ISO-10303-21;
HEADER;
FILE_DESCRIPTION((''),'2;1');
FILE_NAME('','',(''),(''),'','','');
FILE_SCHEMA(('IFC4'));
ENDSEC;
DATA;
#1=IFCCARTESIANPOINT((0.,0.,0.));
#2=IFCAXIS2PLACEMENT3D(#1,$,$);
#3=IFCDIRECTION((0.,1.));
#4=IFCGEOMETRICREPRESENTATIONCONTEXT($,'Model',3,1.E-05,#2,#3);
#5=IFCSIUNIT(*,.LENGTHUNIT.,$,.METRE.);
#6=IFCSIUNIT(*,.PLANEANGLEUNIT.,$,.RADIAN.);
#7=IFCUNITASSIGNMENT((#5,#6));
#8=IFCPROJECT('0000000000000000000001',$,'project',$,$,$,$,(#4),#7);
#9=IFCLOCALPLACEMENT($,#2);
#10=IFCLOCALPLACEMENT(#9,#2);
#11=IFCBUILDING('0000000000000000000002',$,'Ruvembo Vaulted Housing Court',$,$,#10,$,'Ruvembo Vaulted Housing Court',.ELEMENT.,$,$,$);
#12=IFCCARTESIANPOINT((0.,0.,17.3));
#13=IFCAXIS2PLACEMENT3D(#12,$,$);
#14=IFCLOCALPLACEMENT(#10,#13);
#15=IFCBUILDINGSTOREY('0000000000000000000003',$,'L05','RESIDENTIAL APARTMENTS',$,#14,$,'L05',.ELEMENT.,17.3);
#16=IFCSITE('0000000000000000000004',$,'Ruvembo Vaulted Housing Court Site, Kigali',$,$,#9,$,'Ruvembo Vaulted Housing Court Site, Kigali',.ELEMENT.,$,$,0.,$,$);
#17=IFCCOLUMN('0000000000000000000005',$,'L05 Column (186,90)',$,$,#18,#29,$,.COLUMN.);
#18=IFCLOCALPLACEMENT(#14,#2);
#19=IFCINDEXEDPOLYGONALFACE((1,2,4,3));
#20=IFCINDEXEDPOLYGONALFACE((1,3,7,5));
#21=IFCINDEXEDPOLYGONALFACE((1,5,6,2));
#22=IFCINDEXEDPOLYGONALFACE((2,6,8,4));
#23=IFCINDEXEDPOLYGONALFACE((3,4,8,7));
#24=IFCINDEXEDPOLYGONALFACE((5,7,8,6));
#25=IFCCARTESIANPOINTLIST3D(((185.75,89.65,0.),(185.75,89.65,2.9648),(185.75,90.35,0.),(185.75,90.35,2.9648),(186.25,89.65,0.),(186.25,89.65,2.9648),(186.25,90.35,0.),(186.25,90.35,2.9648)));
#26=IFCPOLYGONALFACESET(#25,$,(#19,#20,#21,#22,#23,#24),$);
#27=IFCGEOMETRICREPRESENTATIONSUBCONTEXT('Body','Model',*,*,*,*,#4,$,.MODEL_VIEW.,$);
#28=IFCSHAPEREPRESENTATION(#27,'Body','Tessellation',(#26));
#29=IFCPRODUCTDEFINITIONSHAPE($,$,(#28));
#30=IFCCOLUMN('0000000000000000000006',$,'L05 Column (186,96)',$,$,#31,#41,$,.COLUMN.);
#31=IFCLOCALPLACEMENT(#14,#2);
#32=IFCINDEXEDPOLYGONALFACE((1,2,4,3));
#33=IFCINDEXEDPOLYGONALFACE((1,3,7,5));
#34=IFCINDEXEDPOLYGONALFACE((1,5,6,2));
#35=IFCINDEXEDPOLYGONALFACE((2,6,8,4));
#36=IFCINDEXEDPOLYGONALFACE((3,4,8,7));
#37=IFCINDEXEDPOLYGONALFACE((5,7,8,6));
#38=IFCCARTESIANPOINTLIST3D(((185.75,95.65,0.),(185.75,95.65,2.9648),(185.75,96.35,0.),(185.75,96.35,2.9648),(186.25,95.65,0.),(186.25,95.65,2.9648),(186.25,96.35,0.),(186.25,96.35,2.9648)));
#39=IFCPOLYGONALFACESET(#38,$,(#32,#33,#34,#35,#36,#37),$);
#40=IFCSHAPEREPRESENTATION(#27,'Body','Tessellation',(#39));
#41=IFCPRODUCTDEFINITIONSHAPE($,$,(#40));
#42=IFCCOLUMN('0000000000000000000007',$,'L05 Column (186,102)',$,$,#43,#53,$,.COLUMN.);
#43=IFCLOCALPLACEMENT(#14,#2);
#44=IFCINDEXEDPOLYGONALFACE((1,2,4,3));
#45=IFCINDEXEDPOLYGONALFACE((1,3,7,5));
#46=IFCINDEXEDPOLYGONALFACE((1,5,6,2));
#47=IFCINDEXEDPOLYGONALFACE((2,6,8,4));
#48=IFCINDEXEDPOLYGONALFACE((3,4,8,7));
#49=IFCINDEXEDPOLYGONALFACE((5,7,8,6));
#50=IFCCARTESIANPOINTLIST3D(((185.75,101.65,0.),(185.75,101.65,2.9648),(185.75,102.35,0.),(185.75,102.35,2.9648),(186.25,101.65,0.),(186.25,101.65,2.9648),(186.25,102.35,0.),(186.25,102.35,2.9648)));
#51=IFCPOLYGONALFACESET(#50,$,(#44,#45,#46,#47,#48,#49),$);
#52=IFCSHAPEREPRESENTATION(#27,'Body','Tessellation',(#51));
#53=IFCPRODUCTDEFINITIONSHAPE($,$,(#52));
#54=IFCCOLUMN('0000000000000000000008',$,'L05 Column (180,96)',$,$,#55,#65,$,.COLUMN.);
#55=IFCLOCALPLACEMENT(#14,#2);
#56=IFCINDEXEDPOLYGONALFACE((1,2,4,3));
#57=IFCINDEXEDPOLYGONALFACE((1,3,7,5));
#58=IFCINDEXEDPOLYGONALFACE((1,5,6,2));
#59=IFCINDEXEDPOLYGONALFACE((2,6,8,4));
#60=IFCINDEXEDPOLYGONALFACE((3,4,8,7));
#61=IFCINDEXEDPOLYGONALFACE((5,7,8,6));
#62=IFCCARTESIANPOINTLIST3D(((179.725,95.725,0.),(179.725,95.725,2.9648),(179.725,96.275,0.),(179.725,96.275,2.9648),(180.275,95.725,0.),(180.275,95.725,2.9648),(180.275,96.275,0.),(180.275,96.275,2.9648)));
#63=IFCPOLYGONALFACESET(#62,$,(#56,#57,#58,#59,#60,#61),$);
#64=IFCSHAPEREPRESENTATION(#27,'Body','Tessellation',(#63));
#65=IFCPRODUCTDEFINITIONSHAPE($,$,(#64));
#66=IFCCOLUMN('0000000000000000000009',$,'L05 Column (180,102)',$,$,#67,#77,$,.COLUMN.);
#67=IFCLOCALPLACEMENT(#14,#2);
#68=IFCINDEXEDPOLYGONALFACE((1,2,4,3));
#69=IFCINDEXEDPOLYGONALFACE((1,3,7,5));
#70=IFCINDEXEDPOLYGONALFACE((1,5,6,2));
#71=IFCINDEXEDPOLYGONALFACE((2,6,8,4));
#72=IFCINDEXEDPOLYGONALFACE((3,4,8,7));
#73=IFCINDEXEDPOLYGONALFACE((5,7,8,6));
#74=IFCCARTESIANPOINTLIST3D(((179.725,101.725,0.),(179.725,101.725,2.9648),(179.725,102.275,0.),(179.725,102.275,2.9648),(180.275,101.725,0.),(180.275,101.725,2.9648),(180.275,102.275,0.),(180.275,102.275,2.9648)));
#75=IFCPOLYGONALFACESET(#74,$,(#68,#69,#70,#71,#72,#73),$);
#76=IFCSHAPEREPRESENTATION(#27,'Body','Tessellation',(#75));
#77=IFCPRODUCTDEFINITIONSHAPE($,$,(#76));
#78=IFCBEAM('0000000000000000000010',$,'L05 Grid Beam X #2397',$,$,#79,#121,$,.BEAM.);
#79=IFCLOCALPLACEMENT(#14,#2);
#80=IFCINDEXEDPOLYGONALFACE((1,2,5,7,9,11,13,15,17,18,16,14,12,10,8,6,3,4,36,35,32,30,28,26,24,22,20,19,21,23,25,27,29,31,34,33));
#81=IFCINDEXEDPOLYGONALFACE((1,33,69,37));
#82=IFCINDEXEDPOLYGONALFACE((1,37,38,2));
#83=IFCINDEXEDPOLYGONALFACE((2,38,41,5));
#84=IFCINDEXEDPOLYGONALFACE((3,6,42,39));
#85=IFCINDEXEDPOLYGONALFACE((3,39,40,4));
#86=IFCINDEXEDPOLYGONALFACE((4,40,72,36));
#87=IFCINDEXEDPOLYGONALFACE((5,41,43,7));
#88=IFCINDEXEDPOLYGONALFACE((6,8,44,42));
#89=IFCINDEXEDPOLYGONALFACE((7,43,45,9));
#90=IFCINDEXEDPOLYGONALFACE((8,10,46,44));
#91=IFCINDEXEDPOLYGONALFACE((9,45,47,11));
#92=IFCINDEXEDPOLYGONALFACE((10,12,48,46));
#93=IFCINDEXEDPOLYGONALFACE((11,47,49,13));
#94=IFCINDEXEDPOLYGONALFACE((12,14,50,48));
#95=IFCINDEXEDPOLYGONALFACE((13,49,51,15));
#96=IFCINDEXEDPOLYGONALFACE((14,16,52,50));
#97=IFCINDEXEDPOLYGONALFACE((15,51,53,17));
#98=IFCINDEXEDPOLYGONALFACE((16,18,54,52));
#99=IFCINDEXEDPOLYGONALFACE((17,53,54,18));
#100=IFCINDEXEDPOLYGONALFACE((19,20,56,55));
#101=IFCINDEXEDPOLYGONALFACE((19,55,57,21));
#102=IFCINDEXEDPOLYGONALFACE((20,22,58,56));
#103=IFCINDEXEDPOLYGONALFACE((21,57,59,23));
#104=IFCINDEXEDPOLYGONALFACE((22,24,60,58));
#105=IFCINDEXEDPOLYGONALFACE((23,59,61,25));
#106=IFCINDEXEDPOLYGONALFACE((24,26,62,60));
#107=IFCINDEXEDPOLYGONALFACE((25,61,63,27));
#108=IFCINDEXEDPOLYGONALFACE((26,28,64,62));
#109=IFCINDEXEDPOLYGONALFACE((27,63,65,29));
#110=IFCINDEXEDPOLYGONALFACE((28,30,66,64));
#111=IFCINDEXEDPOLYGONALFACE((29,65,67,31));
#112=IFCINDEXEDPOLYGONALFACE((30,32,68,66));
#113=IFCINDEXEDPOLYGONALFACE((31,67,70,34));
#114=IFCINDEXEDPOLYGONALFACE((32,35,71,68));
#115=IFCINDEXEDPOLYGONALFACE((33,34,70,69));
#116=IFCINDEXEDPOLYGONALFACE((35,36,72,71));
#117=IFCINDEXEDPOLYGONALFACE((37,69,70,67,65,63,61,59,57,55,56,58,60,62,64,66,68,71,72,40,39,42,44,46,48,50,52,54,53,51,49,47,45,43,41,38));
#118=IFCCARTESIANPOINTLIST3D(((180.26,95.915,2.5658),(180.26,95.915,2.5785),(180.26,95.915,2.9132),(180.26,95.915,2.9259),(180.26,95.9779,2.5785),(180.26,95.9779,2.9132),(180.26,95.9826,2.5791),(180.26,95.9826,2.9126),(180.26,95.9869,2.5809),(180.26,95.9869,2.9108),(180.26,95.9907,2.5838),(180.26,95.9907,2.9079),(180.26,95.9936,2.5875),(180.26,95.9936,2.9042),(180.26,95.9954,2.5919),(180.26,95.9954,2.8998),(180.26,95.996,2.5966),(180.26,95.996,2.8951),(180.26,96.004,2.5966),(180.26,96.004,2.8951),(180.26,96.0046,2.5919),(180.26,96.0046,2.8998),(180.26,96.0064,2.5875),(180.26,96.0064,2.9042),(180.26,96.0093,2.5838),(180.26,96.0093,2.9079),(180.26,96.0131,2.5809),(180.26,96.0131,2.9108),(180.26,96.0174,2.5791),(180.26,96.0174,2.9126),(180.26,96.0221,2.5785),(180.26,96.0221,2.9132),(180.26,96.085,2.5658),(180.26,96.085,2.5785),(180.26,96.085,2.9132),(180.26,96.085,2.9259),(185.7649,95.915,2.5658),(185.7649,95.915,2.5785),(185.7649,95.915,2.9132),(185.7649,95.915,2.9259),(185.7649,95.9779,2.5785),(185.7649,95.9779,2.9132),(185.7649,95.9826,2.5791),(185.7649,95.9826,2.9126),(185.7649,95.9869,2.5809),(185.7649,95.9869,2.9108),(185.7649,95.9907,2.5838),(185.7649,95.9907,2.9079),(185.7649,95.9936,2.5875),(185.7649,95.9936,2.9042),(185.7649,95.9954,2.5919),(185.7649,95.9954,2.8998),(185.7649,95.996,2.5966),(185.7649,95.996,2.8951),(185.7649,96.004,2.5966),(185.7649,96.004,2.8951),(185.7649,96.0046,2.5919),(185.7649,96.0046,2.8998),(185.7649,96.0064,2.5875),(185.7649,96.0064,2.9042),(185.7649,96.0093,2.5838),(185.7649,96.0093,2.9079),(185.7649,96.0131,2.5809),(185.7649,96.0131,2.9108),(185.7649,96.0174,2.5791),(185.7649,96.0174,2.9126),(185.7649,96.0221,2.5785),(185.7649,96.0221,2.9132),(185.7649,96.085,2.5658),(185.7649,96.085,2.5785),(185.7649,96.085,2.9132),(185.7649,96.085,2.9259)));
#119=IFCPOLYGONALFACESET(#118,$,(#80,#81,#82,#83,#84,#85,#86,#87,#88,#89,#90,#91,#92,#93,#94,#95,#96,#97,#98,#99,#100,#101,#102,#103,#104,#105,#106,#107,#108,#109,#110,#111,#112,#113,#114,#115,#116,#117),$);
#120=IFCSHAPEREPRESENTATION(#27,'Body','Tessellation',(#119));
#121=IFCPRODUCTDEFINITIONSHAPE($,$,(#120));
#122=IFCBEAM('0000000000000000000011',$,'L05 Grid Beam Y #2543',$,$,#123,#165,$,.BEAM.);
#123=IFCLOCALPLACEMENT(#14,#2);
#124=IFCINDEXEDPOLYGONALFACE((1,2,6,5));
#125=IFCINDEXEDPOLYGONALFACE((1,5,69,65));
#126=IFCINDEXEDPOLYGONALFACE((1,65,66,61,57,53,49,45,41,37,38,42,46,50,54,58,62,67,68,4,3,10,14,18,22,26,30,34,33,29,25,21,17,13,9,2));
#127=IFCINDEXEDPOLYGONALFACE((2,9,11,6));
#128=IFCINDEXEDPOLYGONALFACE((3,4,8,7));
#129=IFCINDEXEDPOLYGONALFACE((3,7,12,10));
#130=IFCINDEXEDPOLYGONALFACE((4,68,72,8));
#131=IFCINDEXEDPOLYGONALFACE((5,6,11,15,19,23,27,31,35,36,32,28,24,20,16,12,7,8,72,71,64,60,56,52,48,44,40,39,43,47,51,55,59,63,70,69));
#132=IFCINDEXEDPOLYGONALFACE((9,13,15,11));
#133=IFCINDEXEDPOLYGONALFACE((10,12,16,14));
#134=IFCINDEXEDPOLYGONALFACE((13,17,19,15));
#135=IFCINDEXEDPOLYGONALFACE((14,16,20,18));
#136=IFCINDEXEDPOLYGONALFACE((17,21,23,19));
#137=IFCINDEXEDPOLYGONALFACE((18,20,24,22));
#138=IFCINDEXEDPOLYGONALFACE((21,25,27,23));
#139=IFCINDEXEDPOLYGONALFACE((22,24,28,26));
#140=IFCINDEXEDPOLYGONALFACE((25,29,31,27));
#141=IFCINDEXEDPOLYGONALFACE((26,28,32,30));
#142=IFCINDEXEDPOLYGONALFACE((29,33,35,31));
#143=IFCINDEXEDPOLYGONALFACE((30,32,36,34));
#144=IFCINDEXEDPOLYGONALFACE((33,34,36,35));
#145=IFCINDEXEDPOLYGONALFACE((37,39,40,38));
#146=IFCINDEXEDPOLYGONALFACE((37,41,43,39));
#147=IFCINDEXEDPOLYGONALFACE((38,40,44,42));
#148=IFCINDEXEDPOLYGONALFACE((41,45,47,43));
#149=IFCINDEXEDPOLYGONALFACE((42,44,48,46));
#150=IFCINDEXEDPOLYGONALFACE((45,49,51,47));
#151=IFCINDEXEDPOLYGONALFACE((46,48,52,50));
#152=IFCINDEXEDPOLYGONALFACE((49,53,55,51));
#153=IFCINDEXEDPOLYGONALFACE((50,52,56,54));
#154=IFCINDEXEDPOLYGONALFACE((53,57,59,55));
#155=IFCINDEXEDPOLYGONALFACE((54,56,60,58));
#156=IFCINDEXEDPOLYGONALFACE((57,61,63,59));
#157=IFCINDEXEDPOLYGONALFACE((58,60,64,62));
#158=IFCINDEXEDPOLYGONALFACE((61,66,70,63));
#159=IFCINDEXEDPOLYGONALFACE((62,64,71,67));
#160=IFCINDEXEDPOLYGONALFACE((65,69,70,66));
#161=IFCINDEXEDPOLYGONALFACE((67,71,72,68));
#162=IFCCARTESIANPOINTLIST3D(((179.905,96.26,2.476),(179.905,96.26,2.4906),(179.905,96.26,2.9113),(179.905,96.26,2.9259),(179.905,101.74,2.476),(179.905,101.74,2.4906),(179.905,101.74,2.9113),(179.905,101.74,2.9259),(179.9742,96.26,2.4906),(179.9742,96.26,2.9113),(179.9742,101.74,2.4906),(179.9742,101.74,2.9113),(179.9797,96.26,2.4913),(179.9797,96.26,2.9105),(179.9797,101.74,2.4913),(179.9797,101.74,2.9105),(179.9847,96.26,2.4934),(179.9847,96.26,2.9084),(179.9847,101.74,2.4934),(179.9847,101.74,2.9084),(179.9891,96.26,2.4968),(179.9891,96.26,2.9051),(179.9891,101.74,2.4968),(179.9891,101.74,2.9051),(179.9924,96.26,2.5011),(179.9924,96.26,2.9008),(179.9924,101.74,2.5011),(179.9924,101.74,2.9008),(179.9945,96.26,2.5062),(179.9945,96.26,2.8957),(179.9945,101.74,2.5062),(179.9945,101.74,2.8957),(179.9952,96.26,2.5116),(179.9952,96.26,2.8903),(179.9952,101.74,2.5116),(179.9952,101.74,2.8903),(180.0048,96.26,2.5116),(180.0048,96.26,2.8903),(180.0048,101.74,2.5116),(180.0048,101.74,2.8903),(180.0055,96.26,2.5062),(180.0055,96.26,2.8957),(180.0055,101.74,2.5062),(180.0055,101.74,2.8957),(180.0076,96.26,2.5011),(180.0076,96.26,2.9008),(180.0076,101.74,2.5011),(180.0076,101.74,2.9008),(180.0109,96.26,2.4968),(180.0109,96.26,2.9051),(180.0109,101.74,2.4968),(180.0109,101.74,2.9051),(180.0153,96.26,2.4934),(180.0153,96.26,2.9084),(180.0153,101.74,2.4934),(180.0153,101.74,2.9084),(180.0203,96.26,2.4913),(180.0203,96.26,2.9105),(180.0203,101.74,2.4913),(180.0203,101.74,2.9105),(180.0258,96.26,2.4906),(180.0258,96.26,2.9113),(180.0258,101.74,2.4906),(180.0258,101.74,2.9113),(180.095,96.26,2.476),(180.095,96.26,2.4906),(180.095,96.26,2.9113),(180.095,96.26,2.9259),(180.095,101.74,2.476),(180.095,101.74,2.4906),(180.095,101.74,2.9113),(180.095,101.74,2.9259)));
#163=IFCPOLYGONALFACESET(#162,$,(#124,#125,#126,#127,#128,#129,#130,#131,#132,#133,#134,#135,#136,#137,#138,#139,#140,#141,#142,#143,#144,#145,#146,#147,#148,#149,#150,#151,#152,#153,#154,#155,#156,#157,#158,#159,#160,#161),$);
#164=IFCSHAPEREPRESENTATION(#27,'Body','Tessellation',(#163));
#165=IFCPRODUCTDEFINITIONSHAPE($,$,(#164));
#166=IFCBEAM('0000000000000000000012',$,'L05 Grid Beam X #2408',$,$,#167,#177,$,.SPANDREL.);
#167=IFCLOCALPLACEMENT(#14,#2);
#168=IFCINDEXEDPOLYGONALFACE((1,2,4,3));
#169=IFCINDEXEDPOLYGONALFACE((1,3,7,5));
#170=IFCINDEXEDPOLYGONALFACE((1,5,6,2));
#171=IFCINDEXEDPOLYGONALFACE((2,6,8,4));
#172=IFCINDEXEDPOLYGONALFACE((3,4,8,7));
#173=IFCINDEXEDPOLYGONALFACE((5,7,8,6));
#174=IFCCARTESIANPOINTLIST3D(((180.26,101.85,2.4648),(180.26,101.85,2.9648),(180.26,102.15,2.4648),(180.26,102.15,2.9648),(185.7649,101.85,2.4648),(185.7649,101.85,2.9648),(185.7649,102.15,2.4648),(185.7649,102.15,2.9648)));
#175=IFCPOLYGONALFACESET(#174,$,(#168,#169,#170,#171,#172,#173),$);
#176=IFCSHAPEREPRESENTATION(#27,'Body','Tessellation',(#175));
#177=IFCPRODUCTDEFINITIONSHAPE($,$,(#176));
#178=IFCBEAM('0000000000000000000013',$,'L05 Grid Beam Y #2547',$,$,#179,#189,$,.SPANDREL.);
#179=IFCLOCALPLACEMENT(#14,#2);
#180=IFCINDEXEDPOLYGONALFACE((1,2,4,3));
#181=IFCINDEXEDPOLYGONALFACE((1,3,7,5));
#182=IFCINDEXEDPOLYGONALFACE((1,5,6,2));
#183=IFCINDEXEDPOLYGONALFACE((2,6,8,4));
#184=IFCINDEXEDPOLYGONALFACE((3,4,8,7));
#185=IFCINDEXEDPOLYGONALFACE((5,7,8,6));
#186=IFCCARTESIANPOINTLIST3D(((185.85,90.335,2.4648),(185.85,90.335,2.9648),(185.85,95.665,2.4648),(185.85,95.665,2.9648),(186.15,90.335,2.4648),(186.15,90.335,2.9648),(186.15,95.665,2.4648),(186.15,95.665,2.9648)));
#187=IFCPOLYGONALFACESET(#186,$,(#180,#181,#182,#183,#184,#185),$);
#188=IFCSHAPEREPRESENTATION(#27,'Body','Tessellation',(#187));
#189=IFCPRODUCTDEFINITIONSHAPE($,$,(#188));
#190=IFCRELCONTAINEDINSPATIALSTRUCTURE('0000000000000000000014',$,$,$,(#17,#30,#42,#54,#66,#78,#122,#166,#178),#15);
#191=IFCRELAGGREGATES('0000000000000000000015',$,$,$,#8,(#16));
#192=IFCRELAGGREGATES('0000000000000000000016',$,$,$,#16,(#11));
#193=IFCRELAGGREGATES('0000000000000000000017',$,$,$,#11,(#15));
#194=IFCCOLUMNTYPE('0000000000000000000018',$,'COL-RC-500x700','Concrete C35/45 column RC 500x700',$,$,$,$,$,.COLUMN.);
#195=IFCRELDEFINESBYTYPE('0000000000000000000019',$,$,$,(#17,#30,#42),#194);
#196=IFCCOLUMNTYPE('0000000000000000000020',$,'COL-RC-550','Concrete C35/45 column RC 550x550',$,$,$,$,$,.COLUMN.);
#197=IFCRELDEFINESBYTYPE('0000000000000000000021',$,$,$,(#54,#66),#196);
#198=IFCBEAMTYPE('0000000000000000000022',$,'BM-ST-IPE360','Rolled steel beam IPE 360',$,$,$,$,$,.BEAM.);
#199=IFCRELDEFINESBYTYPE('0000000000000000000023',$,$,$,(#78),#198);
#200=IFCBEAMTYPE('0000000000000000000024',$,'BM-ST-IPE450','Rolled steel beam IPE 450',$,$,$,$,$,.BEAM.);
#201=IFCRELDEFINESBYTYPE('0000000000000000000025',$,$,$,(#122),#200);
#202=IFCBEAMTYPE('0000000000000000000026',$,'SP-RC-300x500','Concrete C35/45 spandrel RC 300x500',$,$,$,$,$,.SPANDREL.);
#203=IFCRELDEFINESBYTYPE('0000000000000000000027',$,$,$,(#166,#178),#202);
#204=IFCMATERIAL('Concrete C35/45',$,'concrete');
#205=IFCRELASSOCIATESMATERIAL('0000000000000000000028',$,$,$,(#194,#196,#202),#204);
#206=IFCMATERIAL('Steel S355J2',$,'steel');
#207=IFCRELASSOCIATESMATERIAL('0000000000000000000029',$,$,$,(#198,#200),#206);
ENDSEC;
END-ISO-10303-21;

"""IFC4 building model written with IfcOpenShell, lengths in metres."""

from ifc_helpers import new_model, si_unit, direction, frame, origin, origin_2d, place, context, subcontext, project, spatial, rectangle, i_section, extrude, material, material_profile, profile_set, type_object, element, save


model = new_model("IFC4")

# Units and contexts
model_context = context("Model", 3, precision=1e-05, world=origin(), true_north=direction((0.0, 1.0)))
body_context = subcontext(model_context, "Body", "Model", "MODEL_VIEW")
ifc_project = project(units=[si_unit("LENGTHUNIT", "METRE"), si_unit("PLANEANGLEUNIT", "RADIAN")], contexts=[model_context])

# Site, building, storey
site_placement = place(None, origin())
site = spatial("IfcSite", under=ifc_project, at=site_placement, Name="Ruvembo Vaulted Housing Court Site, Kigali", LongName="Ruvembo Vaulted Housing Court Site, Kigali", CompositionType="ELEMENT", RefElevation=0.0)
building_placement = place(site_placement, origin())
building = spatial("IfcBuilding", under=site, at=building_placement, Name="Ruvembo Vaulted Housing Court", LongName="Ruvembo Vaulted Housing Court", CompositionType="ELEMENT")
storey_placement = place(building_placement, frame((0.0, 0.0, 17.3)))
storey = spatial("IfcBuildingStorey", under=building, at=storey_placement, Name="L05", Description="RESIDENTIAL APARTMENTS", LongName="L05", CompositionType="ELEMENT", Elevation=17.3)

# Columns
ifc_material_1 = material(Name="Concrete C35/45", Category="concrete")
ifc_material_profile_1 = material_profile(ifc_material_1, rectangle(XDim=0.5, YDim=0.7, at=origin_2d()), Name="RC 500x700")
ifc_profile_set_1 = profile_set([ifc_material_profile_1], Name="Concrete C35/45")
column_type_1 = type_object("IfcColumnType", Name="COL-RC-500x700", Description="Concrete C35/45 column RC 500x700", PredefinedType="COLUMN", material=ifc_profile_set_1)
for number, where, z_axis, x_axis, name in (
    (1, (186.0, 90.0, 0.0), (0.0, 0.0, 1.0), (1.0, 0.0, 0.0), "L05 Column (186,90)"),
    (2, (186.0, 96.0, 0.0), (0.0, 0.0, 1.0), (1.0, 0.0, 0.0), "L05 Column (186,96)"),
    (3, (186.0, 102.0, 0.0), (0.0, 0.0, 1.0), (1.0, 0.0, 0.0), "L05 Column (186,102)"),
):
    element("IfcColumn", number, at=place(storey_placement, frame(where, z_axis=z_axis, x_axis=x_axis)), inside=storey, type_object=column_type_1, Name=name, PredefinedType="COLUMN", context=body_context, shape_type="SweptSolid", body=[
        extrude(rectangle(XDim=0.5, YDim=0.7, at=origin_2d()), origin(), (0.0, 0.0, 1.0), 2.9648),
    ])
ifc_material_profile_2 = material_profile(ifc_material_1, rectangle(XDim=0.55, YDim=0.55, at=origin_2d()), Name="RC 550x550")
ifc_profile_set_2 = profile_set([ifc_material_profile_2], Name="Concrete C35/45")
column_type_2 = type_object("IfcColumnType", Name="COL-RC-550", Description="Concrete C35/45 column RC 550x550", PredefinedType="COLUMN", material=ifc_profile_set_2)
for number, where, z_axis, x_axis, name in (
    (4, (180.0, 96.0, 0.0), (0.0, 0.0, 1.0), (1.0, 0.0, 0.0), "L05 Column (180,96)"),
    (5, (180.0, 102.0, 0.0), (0.0, 0.0, 1.0), (1.0, 0.0, 0.0), "L05 Column (180,102)"),
):
    element("IfcColumn", number, at=place(storey_placement, frame(where, z_axis=z_axis, x_axis=x_axis)), inside=storey, type_object=column_type_2, Name=name, PredefinedType="COLUMN", context=body_context, shape_type="SweptSolid", body=[
        extrude(rectangle(XDim=0.55, YDim=0.55, at=origin_2d()), origin(), (0.0, 0.0, 1.0), 2.9648),
    ])

# Beams
ifc_material_2 = material(Name="Steel S355J2", Category="steel")
ifc_material_profile_3 = material_profile(ifc_material_2, i_section(OverallWidth=0.1699, OverallDepth=0.3601, WebThickness=0.0081, FlangeThickness=0.0127, FilletRadius=0.0181, at=origin_2d()), Name="IPE 360")
ifc_profile_set_3 = profile_set([ifc_material_profile_3], Name="Steel S355J2")
beam_type_1 = type_object("IfcBeamType", Name="BM-ST-IPE360", Description="Rolled steel beam IPE 360", PredefinedType="BEAM", material=ifc_profile_set_3)
beam_1_placement = place(storey_placement, frame((180.26, 96.0, 2.7458), z_axis=(1.0, 0.0, 0.0), x_axis=(0.0, 1.0, 0.0)))
element("IfcBeam", 6, at=beam_1_placement, inside=storey, type_object=beam_type_1, Name="L05 Grid Beam X #2397", PredefinedType="BEAM", context=body_context, shape_type="SweptSolid", body=[
    extrude(i_section(OverallWidth=0.1699, OverallDepth=0.3601, WebThickness=0.0081, FlangeThickness=0.0127, FilletRadius=0.0181, at=origin_2d()), origin(), (0.0, 0.0, 1.0), 5.5049),
])
ifc_material_profile_4 = material_profile(ifc_material_2, i_section(OverallWidth=0.1899, OverallDepth=0.45, WebThickness=0.0095, FlangeThickness=0.0146, FilletRadius=0.021, at=origin_2d()), Name="IPE 450")
ifc_profile_set_4 = profile_set([ifc_material_profile_4], Name="Steel S355J2")
beam_type_2 = type_object("IfcBeamType", Name="BM-ST-IPE450", Description="Rolled steel beam IPE 450", PredefinedType="BEAM", material=ifc_profile_set_4)
beam_2_placement = place(storey_placement, frame((180.0, 96.26, 2.7009), z_axis=(0.0, 1.0, 0.0), x_axis=(-1.0, 0.0, 0.0)))
element("IfcBeam", 7, at=beam_2_placement, inside=storey, type_object=beam_type_2, Name="L05 Grid Beam Y #2543", PredefinedType="BEAM", context=body_context, shape_type="SweptSolid", body=[
    extrude(i_section(OverallWidth=0.1899, OverallDepth=0.45, WebThickness=0.0095, FlangeThickness=0.0146, FilletRadius=0.021, at=origin_2d()), origin(), (0.0, 0.0, 1.0), 5.48),
])
ifc_material_profile_5 = material_profile(ifc_material_1, rectangle(XDim=0.3, YDim=0.5, at=origin_2d()), Name="RC 300x500")
ifc_profile_set_5 = profile_set([ifc_material_profile_5], Name="Concrete C35/45")
beam_type_3 = type_object("IfcBeamType", Name="SP-RC-300x500", Description="Concrete C35/45 spandrel RC 300x500", PredefinedType="SPANDREL", material=ifc_profile_set_5)
beam_3_placement = place(storey_placement, frame((180.26, 102.0, 2.7148), z_axis=(1.0, 0.0, 0.0), x_axis=(0.0, 1.0, 0.0)))
element("IfcBeam", 8, at=beam_3_placement, inside=storey, type_object=beam_type_3, Name="L05 Grid Beam X #2408", PredefinedType="SPANDREL", context=body_context, shape_type="SweptSolid", body=[
    extrude(rectangle(XDim=0.3, YDim=0.5, at=origin_2d()), origin(), (0.0, 0.0, 1.0), 5.5049),
])
for number, where, z_axis, x_axis, name in (
    (9, (186.0, 90.335, 2.7148), (0.0, 1.0, 0.0), (-1.0, 0.0, 0.0), "L05 Grid Beam Y #2547"),
):
    element("IfcBeam", number, at=place(storey_placement, frame(where, z_axis=z_axis, x_axis=x_axis)), inside=storey, type_object=beam_type_3, Name=name, PredefinedType="SPANDREL", context=body_context, shape_type="SweptSolid", body=[
        extrude(rectangle(XDim=0.3, YDim=0.5, at=origin_2d()), origin(), (0.0, 0.0, 1.0), 5.3301),
    ])

save(model, "model.ifc")
